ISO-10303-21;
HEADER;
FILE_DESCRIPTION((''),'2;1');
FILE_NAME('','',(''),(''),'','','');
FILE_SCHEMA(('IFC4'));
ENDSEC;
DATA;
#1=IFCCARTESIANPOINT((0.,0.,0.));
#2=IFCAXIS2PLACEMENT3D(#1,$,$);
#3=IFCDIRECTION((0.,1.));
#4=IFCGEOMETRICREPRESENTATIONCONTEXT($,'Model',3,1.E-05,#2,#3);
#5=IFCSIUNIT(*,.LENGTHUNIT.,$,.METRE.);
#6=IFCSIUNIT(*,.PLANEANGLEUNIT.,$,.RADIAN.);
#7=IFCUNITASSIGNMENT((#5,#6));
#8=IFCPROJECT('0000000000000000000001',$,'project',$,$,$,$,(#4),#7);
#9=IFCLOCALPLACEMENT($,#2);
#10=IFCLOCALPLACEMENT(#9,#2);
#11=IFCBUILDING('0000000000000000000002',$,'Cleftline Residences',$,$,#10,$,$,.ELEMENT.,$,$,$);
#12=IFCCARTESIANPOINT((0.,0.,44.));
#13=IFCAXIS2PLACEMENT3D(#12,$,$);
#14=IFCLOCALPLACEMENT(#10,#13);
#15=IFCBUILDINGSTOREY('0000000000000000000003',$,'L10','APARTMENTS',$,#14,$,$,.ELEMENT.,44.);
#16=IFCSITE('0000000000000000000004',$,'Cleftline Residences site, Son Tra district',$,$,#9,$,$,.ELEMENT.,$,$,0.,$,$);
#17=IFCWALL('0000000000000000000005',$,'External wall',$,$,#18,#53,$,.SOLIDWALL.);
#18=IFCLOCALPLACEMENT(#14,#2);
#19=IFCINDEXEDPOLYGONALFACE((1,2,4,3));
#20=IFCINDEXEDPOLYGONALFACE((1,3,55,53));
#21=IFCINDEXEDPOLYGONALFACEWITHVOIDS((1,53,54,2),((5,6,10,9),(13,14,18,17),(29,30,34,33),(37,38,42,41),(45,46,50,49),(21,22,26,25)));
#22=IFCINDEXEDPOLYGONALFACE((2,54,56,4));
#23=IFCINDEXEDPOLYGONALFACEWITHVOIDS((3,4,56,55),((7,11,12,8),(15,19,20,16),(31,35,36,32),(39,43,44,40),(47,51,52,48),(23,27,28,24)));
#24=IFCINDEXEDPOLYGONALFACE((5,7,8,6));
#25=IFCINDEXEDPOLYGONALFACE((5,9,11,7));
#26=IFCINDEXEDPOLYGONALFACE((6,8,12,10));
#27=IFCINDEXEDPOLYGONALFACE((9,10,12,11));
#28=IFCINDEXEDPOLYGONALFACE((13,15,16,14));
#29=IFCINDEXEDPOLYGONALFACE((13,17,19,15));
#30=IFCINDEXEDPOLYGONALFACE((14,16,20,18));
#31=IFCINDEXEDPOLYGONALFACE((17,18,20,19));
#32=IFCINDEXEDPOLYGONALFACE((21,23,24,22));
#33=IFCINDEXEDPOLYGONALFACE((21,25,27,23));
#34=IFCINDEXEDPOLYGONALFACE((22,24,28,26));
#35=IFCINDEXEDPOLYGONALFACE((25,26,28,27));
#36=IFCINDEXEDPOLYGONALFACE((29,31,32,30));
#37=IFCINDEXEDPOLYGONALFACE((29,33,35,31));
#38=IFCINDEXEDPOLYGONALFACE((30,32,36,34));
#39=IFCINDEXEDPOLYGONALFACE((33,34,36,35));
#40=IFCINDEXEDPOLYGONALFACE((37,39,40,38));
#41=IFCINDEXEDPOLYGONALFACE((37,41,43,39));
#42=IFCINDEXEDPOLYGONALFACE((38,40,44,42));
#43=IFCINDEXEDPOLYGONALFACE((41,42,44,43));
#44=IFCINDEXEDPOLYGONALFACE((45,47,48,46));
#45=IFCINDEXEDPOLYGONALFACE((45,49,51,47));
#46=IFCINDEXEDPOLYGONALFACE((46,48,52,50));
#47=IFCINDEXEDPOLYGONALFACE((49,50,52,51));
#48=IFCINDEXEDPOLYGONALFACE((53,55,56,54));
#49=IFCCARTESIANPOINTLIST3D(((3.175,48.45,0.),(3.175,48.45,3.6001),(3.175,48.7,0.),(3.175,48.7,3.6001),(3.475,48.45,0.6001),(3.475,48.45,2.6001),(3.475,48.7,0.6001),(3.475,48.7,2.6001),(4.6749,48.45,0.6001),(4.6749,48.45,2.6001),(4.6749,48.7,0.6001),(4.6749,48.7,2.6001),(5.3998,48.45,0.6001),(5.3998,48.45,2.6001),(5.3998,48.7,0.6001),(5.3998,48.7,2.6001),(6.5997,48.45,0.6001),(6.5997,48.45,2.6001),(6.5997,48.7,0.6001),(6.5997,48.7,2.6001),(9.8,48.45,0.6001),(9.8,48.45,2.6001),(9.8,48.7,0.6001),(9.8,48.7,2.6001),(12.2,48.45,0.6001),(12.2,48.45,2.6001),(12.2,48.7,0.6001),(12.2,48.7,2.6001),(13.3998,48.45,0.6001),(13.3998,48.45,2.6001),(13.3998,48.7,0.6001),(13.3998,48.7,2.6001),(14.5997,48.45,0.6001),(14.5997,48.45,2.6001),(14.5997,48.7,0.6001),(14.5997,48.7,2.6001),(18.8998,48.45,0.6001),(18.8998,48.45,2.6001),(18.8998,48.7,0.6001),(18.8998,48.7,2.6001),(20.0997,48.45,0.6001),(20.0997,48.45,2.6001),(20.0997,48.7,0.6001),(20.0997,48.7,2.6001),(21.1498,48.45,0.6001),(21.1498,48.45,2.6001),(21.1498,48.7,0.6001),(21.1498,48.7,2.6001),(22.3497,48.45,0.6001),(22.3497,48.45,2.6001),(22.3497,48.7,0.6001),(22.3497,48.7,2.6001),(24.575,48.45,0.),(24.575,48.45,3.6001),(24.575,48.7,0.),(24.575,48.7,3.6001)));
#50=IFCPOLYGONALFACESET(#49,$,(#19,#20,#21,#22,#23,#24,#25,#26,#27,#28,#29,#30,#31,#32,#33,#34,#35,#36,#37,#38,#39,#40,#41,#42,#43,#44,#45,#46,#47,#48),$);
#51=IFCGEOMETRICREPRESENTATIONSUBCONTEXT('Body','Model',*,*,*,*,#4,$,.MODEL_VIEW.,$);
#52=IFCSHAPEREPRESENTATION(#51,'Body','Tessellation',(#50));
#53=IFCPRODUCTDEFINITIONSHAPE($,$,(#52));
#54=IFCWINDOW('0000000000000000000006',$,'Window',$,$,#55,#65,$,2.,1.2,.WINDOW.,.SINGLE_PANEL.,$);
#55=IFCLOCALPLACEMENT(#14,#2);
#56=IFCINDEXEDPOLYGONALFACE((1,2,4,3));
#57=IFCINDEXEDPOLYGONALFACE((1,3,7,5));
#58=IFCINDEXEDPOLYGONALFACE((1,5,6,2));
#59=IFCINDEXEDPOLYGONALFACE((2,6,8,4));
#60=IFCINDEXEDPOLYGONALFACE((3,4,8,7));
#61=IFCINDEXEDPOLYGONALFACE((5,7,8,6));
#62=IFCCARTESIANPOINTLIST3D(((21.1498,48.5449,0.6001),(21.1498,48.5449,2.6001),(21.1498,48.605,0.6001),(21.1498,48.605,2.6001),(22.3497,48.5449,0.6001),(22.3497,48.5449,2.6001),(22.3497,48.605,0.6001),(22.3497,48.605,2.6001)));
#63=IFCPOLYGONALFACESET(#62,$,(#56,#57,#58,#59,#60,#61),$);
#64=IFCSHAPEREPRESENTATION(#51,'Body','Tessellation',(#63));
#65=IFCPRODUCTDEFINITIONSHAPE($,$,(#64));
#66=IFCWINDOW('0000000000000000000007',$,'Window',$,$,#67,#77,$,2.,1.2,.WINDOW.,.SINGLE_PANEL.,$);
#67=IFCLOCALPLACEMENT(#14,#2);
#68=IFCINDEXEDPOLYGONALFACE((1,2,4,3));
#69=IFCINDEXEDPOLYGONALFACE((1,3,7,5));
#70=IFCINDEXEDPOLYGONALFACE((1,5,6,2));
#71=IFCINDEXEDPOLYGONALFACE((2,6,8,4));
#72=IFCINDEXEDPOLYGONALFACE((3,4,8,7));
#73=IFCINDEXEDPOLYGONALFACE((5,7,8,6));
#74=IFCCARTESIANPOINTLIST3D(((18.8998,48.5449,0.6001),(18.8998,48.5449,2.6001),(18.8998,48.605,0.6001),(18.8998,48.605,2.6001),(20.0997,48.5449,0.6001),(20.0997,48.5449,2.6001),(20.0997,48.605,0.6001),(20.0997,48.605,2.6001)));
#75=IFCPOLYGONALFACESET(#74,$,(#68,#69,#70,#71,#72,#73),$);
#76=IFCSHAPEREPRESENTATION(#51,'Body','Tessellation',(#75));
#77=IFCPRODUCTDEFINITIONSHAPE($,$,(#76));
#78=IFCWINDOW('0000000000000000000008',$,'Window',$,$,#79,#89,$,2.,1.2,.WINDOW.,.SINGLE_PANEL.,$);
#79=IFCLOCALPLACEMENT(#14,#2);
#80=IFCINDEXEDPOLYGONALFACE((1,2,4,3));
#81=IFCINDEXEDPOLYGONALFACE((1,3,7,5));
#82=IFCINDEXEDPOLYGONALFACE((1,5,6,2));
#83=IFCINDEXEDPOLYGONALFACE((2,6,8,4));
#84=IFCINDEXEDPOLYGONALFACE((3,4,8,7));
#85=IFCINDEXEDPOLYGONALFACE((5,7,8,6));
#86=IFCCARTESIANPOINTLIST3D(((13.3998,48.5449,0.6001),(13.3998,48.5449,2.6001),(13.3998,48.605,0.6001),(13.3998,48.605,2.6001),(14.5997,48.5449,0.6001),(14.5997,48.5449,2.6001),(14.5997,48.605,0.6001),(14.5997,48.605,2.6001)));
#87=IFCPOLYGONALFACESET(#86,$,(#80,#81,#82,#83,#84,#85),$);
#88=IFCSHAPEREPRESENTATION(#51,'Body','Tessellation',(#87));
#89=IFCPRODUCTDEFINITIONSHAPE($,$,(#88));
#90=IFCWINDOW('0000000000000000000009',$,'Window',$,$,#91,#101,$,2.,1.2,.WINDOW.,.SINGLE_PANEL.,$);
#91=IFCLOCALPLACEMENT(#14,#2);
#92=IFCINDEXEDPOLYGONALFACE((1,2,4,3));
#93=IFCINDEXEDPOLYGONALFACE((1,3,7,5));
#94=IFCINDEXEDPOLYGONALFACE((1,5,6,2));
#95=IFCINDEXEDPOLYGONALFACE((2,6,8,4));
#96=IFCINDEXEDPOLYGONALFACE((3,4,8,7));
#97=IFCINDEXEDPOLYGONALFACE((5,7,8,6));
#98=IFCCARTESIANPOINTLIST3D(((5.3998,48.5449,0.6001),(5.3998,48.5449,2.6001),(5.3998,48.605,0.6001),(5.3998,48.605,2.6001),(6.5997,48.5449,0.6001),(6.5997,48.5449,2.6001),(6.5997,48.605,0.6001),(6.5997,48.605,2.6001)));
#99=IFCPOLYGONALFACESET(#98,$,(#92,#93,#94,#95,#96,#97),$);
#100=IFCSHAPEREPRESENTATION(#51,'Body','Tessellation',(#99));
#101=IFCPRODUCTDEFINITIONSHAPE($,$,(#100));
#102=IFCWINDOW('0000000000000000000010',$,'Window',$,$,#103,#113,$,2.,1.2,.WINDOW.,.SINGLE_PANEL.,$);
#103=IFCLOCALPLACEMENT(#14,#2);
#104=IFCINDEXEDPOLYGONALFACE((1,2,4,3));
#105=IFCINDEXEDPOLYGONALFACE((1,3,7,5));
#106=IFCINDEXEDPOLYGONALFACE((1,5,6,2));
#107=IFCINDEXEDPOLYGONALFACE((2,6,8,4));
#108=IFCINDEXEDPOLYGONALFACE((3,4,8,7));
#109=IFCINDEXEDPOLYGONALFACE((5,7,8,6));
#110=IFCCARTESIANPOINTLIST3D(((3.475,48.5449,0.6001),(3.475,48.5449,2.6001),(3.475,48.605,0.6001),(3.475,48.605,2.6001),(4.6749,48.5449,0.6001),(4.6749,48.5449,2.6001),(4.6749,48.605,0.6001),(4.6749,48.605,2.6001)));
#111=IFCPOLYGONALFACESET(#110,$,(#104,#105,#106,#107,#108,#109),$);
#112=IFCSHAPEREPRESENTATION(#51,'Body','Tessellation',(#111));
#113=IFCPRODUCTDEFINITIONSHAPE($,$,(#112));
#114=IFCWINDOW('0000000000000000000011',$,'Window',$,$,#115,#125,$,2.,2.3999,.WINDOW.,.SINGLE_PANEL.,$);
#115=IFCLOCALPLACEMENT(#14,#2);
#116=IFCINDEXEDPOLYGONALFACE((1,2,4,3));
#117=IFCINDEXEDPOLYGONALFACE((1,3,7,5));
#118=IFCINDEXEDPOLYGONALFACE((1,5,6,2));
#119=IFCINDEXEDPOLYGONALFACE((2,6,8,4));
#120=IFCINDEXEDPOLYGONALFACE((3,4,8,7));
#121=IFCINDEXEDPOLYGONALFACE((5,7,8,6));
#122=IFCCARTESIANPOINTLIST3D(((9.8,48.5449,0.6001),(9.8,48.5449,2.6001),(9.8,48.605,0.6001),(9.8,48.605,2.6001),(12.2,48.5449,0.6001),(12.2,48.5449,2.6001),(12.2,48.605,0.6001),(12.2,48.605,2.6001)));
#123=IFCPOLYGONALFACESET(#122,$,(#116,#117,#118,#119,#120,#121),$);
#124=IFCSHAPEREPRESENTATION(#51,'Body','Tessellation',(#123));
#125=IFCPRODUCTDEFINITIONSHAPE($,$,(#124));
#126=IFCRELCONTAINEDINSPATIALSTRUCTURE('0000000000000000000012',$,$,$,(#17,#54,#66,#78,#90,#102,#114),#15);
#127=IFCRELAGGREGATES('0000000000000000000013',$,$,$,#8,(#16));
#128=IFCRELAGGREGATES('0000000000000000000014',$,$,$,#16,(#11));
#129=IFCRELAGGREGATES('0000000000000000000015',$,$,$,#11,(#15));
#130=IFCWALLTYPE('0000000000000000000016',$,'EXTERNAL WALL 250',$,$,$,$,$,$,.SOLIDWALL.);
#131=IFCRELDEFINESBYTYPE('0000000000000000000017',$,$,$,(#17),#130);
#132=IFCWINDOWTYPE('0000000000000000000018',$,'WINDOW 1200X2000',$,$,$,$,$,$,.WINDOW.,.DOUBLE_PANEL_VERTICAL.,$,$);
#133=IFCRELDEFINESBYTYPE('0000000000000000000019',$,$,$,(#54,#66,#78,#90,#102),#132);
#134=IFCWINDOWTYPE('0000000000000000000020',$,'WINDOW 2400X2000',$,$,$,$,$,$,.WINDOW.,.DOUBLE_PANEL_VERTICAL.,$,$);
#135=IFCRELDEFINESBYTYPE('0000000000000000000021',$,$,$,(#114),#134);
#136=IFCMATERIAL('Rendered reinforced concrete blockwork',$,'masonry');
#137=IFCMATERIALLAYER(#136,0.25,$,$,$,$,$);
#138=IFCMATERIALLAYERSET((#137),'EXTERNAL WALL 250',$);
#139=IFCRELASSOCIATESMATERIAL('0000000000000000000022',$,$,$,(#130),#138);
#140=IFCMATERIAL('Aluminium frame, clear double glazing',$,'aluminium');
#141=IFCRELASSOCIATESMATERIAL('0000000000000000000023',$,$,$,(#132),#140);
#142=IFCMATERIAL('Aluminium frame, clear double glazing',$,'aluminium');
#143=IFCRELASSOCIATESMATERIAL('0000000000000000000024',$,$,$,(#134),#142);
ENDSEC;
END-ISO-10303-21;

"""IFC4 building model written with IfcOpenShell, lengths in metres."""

from ifc_helpers import new_model, si_unit, direction, frame, frame_2d, origin, place, context, subcontext, project, spatial, rectangle, extrude, material, layer, layer_set, type_object, element, fill, save


model = new_model("IFC4")

# Units and contexts
model_context = context("Model", 3, precision=1e-05, world=origin(), true_north=direction((0.0, 1.0)))
body_context = subcontext(model_context, "Body", "Model", "MODEL_VIEW")
ifc_project = project(units=[si_unit("LENGTHUNIT", "METRE"), si_unit("PLANEANGLEUNIT", "RADIAN")], contexts=[model_context])

# Site, building, storey
site_placement = place(None, origin())
site = spatial("IfcSite", under=ifc_project, at=site_placement, Name="Cleftline Residences site, Son Tra district", CompositionType="ELEMENT", RefElevation=0.0)
building_placement = place(site_placement, origin())
building = spatial("IfcBuilding", under=site, at=building_placement, Name="Cleftline Residences", CompositionType="ELEMENT")
storey_placement = place(building_placement, frame((0.0, 0.0, 44.0)))
storey = spatial("IfcBuildingStorey", under=building, at=storey_placement, Name="L10", Description="APARTMENTS", CompositionType="ELEMENT", Elevation=44.0)

# Wall, openings, windows
ifc_material_1 = material(Name="Rendered reinforced concrete blockwork", Category="masonry")
ifc_layer_1 = layer(ifc_material_1, 0.25)
ifc_layer_set_1 = layer_set([ifc_layer_1], Name="EXTERNAL WALL 250")
wall_type = type_object("IfcWallType", Name="EXTERNAL WALL 250", PredefinedType="SOLIDWALL", material=ifc_layer_set_1)
wall_placement = place(storey_placement, frame((24.575, 48.575, 0.0), z_axis=(0.0, 0.0, 1.0), x_axis=(-1.0, 0.0, 0.0)))
wall = element("IfcWall", 1, at=wall_placement, inside=storey, type_object=wall_type, Name="External wall", PredefinedType="SOLIDWALL", context=body_context, shape_type="SweptSolid", body=[
    extrude(rectangle(XDim=21.3999, YDim=0.25, at=frame_2d((10.7, 0.0))), origin(), (0.0, 0.0, 1.0), 3.6001),
])
opening_1_placement = place(wall_placement, frame((2.2251, 0.0, 0.6001)))
opening_1 = element("IfcOpeningElement", 2, at=opening_1_placement, cuts=wall, PredefinedType="OPENING", context=body_context, shape_type="SweptSolid", body=[
    extrude(rectangle(XDim=1.2, YDim=2.0, at=frame_2d((0.6001, 1.0))), frame((0.0, 0.135, 0.0), z_axis=(0.0, -1.0, 0.0), x_axis=(1.0, 0.0, 0.0)), (0.0, 0.0, 1.0), 0.27),
])
opening_2_placement = place(wall_placement, frame((4.4751, 0.0, 0.6001)))
opening_2 = element("IfcOpeningElement", 3, at=opening_2_placement, cuts=wall, PredefinedType="OPENING", context=body_context, shape_type="SweptSolid", body=[
    extrude(rectangle(XDim=1.2, YDim=2.0, at=frame_2d((0.6001, 1.0))), frame((0.0, 0.135, 0.0), z_axis=(0.0, -1.0, 0.0), x_axis=(1.0, 0.0, 0.0)), (0.0, 0.0, 1.0), 0.27),
])
opening_3_placement = place(wall_placement, frame((9.9751, 0.0, 0.6001)))
opening_3 = element("IfcOpeningElement", 4, at=opening_3_placement, cuts=wall, PredefinedType="OPENING", context=body_context, shape_type="SweptSolid", body=[
    extrude(rectangle(XDim=1.2, YDim=2.0, at=frame_2d((0.6001, 1.0))), frame((0.0, 0.135, 0.0), z_axis=(0.0, -1.0, 0.0), x_axis=(1.0, 0.0, 0.0)), (0.0, 0.0, 1.0), 0.27),
])
opening_4_placement = place(wall_placement, frame((12.375, 0.0, 0.6001)))
opening_4 = element("IfcOpeningElement", 5, at=opening_4_placement, cuts=wall, PredefinedType="OPENING", context=body_context, shape_type="SweptSolid", body=[
    extrude(rectangle(XDim=2.3999, YDim=2.0, at=frame_2d((1.2, 1.0))), frame((0.0, 0.135, 0.0), z_axis=(0.0, -1.0, 0.0), x_axis=(1.0, 0.0, 0.0)), (0.0, 0.0, 1.0), 0.27),
])
opening_5_placement = place(wall_placement, frame((17.9751, 0.0, 0.6001)))
opening_5 = element("IfcOpeningElement", 6, at=opening_5_placement, cuts=wall, PredefinedType="OPENING", context=body_context, shape_type="SweptSolid", body=[
    extrude(rectangle(XDim=1.2, YDim=2.0, at=frame_2d((0.6001, 1.0))), frame((0.0, 0.135, 0.0), z_axis=(0.0, -1.0, 0.0), x_axis=(1.0, 0.0, 0.0)), (0.0, 0.0, 1.0), 0.27),
])
opening_6_placement = place(wall_placement, frame((19.8999, 0.0, 0.6001)))
opening_6 = element("IfcOpeningElement", 7, at=opening_6_placement, cuts=wall, PredefinedType="OPENING", context=body_context, shape_type="SweptSolid", body=[
    extrude(rectangle(XDim=1.2, YDim=2.0, at=frame_2d((0.6001, 1.0))), frame((0.0, 0.135, 0.0), z_axis=(0.0, -1.0, 0.0), x_axis=(1.0, 0.0, 0.0)), (0.0, 0.0, 1.0), 0.27),
])
ifc_material_2 = material(Name="Aluminium frame, clear double glazing", Category="aluminium")
window_type_1 = type_object("IfcWindowType", Name="WINDOW 1200X2000", PartitioningType="DOUBLE_PANEL_VERTICAL", PredefinedType="WINDOW", material=ifc_material_2)
window_1_placement = place(opening_1_placement, origin())
window_1 = element("IfcWindow", 8, at=window_1_placement, inside=storey, type_object=window_type_1, Name="Window", OverallHeight=2.0, OverallWidth=1.2, PartitioningType="SINGLE_PANEL", PredefinedType="WINDOW", context=body_context, shape_type="SweptSolid", body=[
    extrude(rectangle(XDim=1.2, YDim=2.0, at=frame_2d((0.6001, 1.0))), frame((0.0, 0.03, 0.0), z_axis=(0.0, -1.0, 0.0), x_axis=(1.0, 0.0, 0.0)), (0.0, 0.0, 1.0), 0.0601),
])
fill(opening_1, window_1)
window_2_placement = place(opening_2_placement, origin())
window_2 = element("IfcWindow", 9, at=window_2_placement, inside=storey, type_object=window_type_1, Name="Window", OverallHeight=2.0, OverallWidth=1.2, PartitioningType="SINGLE_PANEL", PredefinedType="WINDOW", context=body_context, shape_type="SweptSolid", body=[
    extrude(rectangle(XDim=1.2, YDim=2.0, at=frame_2d((0.6001, 1.0))), frame((0.0, 0.03, 0.0), z_axis=(0.0, -1.0, 0.0), x_axis=(1.0, 0.0, 0.0)), (0.0, 0.0, 1.0), 0.0601),
])
fill(opening_2, window_2)
window_3_placement = place(opening_3_placement, origin())
window_3 = element("IfcWindow", 10, at=window_3_placement, inside=storey, type_object=window_type_1, Name="Window", OverallHeight=2.0, OverallWidth=1.2, PartitioningType="SINGLE_PANEL", PredefinedType="WINDOW", context=body_context, shape_type="SweptSolid", body=[
    extrude(rectangle(XDim=1.2, YDim=2.0, at=frame_2d((0.6001, 1.0))), frame((0.0, 0.03, 0.0), z_axis=(0.0, -1.0, 0.0), x_axis=(1.0, 0.0, 0.0)), (0.0, 0.0, 1.0), 0.0601),
])
fill(opening_3, window_3)
window_4_placement = place(opening_5_placement, origin())
window_4 = element("IfcWindow", 11, at=window_4_placement, inside=storey, type_object=window_type_1, Name="Window", OverallHeight=2.0, OverallWidth=1.2, PartitioningType="SINGLE_PANEL", PredefinedType="WINDOW", context=body_context, shape_type="SweptSolid", body=[
    extrude(rectangle(XDim=1.2, YDim=2.0, at=frame_2d((0.6001, 1.0))), frame((0.0, 0.03, 0.0), z_axis=(0.0, -1.0, 0.0), x_axis=(1.0, 0.0, 0.0)), (0.0, 0.0, 1.0), 0.0601),
])
fill(opening_5, window_4)
window_5_placement = place(opening_6_placement, origin())
window_5 = element("IfcWindow", 12, at=window_5_placement, inside=storey, type_object=window_type_1, Name="Window", OverallHeight=2.0, OverallWidth=1.2, PartitioningType="SINGLE_PANEL", PredefinedType="WINDOW", context=body_context, shape_type="SweptSolid", body=[
    extrude(rectangle(XDim=1.2, YDim=2.0, at=frame_2d((0.6001, 1.0))), frame((0.0, 0.03, 0.0), z_axis=(0.0, -1.0, 0.0), x_axis=(1.0, 0.0, 0.0)), (0.0, 0.0, 1.0), 0.0601),
])
fill(opening_6, window_5)
ifc_material_3 = material(Name="Aluminium frame, clear double glazing", Category="aluminium")
window_type_2 = type_object("IfcWindowType", Name="WINDOW 2400X2000", PartitioningType="DOUBLE_PANEL_VERTICAL", PredefinedType="WINDOW", material=ifc_material_3)
window_6_placement = place(opening_4_placement, origin())
window_6 = element("IfcWindow", 13, at=window_6_placement, inside=storey, type_object=window_type_2, Name="Window", OverallHeight=2.0, OverallWidth=2.3999, PartitioningType="SINGLE_PANEL", PredefinedType="WINDOW", context=body_context, shape_type="SweptSolid", body=[
    extrude(rectangle(XDim=2.3999, YDim=2.0, at=frame_2d((1.2, 1.0))), frame((0.0, 0.03, 0.0), z_axis=(0.0, -1.0, 0.0), x_axis=(1.0, 0.0, 0.0)), (0.0, 0.0, 1.0), 0.0601),
])
fill(opening_4, window_6)

save(model, "model.ifc")
